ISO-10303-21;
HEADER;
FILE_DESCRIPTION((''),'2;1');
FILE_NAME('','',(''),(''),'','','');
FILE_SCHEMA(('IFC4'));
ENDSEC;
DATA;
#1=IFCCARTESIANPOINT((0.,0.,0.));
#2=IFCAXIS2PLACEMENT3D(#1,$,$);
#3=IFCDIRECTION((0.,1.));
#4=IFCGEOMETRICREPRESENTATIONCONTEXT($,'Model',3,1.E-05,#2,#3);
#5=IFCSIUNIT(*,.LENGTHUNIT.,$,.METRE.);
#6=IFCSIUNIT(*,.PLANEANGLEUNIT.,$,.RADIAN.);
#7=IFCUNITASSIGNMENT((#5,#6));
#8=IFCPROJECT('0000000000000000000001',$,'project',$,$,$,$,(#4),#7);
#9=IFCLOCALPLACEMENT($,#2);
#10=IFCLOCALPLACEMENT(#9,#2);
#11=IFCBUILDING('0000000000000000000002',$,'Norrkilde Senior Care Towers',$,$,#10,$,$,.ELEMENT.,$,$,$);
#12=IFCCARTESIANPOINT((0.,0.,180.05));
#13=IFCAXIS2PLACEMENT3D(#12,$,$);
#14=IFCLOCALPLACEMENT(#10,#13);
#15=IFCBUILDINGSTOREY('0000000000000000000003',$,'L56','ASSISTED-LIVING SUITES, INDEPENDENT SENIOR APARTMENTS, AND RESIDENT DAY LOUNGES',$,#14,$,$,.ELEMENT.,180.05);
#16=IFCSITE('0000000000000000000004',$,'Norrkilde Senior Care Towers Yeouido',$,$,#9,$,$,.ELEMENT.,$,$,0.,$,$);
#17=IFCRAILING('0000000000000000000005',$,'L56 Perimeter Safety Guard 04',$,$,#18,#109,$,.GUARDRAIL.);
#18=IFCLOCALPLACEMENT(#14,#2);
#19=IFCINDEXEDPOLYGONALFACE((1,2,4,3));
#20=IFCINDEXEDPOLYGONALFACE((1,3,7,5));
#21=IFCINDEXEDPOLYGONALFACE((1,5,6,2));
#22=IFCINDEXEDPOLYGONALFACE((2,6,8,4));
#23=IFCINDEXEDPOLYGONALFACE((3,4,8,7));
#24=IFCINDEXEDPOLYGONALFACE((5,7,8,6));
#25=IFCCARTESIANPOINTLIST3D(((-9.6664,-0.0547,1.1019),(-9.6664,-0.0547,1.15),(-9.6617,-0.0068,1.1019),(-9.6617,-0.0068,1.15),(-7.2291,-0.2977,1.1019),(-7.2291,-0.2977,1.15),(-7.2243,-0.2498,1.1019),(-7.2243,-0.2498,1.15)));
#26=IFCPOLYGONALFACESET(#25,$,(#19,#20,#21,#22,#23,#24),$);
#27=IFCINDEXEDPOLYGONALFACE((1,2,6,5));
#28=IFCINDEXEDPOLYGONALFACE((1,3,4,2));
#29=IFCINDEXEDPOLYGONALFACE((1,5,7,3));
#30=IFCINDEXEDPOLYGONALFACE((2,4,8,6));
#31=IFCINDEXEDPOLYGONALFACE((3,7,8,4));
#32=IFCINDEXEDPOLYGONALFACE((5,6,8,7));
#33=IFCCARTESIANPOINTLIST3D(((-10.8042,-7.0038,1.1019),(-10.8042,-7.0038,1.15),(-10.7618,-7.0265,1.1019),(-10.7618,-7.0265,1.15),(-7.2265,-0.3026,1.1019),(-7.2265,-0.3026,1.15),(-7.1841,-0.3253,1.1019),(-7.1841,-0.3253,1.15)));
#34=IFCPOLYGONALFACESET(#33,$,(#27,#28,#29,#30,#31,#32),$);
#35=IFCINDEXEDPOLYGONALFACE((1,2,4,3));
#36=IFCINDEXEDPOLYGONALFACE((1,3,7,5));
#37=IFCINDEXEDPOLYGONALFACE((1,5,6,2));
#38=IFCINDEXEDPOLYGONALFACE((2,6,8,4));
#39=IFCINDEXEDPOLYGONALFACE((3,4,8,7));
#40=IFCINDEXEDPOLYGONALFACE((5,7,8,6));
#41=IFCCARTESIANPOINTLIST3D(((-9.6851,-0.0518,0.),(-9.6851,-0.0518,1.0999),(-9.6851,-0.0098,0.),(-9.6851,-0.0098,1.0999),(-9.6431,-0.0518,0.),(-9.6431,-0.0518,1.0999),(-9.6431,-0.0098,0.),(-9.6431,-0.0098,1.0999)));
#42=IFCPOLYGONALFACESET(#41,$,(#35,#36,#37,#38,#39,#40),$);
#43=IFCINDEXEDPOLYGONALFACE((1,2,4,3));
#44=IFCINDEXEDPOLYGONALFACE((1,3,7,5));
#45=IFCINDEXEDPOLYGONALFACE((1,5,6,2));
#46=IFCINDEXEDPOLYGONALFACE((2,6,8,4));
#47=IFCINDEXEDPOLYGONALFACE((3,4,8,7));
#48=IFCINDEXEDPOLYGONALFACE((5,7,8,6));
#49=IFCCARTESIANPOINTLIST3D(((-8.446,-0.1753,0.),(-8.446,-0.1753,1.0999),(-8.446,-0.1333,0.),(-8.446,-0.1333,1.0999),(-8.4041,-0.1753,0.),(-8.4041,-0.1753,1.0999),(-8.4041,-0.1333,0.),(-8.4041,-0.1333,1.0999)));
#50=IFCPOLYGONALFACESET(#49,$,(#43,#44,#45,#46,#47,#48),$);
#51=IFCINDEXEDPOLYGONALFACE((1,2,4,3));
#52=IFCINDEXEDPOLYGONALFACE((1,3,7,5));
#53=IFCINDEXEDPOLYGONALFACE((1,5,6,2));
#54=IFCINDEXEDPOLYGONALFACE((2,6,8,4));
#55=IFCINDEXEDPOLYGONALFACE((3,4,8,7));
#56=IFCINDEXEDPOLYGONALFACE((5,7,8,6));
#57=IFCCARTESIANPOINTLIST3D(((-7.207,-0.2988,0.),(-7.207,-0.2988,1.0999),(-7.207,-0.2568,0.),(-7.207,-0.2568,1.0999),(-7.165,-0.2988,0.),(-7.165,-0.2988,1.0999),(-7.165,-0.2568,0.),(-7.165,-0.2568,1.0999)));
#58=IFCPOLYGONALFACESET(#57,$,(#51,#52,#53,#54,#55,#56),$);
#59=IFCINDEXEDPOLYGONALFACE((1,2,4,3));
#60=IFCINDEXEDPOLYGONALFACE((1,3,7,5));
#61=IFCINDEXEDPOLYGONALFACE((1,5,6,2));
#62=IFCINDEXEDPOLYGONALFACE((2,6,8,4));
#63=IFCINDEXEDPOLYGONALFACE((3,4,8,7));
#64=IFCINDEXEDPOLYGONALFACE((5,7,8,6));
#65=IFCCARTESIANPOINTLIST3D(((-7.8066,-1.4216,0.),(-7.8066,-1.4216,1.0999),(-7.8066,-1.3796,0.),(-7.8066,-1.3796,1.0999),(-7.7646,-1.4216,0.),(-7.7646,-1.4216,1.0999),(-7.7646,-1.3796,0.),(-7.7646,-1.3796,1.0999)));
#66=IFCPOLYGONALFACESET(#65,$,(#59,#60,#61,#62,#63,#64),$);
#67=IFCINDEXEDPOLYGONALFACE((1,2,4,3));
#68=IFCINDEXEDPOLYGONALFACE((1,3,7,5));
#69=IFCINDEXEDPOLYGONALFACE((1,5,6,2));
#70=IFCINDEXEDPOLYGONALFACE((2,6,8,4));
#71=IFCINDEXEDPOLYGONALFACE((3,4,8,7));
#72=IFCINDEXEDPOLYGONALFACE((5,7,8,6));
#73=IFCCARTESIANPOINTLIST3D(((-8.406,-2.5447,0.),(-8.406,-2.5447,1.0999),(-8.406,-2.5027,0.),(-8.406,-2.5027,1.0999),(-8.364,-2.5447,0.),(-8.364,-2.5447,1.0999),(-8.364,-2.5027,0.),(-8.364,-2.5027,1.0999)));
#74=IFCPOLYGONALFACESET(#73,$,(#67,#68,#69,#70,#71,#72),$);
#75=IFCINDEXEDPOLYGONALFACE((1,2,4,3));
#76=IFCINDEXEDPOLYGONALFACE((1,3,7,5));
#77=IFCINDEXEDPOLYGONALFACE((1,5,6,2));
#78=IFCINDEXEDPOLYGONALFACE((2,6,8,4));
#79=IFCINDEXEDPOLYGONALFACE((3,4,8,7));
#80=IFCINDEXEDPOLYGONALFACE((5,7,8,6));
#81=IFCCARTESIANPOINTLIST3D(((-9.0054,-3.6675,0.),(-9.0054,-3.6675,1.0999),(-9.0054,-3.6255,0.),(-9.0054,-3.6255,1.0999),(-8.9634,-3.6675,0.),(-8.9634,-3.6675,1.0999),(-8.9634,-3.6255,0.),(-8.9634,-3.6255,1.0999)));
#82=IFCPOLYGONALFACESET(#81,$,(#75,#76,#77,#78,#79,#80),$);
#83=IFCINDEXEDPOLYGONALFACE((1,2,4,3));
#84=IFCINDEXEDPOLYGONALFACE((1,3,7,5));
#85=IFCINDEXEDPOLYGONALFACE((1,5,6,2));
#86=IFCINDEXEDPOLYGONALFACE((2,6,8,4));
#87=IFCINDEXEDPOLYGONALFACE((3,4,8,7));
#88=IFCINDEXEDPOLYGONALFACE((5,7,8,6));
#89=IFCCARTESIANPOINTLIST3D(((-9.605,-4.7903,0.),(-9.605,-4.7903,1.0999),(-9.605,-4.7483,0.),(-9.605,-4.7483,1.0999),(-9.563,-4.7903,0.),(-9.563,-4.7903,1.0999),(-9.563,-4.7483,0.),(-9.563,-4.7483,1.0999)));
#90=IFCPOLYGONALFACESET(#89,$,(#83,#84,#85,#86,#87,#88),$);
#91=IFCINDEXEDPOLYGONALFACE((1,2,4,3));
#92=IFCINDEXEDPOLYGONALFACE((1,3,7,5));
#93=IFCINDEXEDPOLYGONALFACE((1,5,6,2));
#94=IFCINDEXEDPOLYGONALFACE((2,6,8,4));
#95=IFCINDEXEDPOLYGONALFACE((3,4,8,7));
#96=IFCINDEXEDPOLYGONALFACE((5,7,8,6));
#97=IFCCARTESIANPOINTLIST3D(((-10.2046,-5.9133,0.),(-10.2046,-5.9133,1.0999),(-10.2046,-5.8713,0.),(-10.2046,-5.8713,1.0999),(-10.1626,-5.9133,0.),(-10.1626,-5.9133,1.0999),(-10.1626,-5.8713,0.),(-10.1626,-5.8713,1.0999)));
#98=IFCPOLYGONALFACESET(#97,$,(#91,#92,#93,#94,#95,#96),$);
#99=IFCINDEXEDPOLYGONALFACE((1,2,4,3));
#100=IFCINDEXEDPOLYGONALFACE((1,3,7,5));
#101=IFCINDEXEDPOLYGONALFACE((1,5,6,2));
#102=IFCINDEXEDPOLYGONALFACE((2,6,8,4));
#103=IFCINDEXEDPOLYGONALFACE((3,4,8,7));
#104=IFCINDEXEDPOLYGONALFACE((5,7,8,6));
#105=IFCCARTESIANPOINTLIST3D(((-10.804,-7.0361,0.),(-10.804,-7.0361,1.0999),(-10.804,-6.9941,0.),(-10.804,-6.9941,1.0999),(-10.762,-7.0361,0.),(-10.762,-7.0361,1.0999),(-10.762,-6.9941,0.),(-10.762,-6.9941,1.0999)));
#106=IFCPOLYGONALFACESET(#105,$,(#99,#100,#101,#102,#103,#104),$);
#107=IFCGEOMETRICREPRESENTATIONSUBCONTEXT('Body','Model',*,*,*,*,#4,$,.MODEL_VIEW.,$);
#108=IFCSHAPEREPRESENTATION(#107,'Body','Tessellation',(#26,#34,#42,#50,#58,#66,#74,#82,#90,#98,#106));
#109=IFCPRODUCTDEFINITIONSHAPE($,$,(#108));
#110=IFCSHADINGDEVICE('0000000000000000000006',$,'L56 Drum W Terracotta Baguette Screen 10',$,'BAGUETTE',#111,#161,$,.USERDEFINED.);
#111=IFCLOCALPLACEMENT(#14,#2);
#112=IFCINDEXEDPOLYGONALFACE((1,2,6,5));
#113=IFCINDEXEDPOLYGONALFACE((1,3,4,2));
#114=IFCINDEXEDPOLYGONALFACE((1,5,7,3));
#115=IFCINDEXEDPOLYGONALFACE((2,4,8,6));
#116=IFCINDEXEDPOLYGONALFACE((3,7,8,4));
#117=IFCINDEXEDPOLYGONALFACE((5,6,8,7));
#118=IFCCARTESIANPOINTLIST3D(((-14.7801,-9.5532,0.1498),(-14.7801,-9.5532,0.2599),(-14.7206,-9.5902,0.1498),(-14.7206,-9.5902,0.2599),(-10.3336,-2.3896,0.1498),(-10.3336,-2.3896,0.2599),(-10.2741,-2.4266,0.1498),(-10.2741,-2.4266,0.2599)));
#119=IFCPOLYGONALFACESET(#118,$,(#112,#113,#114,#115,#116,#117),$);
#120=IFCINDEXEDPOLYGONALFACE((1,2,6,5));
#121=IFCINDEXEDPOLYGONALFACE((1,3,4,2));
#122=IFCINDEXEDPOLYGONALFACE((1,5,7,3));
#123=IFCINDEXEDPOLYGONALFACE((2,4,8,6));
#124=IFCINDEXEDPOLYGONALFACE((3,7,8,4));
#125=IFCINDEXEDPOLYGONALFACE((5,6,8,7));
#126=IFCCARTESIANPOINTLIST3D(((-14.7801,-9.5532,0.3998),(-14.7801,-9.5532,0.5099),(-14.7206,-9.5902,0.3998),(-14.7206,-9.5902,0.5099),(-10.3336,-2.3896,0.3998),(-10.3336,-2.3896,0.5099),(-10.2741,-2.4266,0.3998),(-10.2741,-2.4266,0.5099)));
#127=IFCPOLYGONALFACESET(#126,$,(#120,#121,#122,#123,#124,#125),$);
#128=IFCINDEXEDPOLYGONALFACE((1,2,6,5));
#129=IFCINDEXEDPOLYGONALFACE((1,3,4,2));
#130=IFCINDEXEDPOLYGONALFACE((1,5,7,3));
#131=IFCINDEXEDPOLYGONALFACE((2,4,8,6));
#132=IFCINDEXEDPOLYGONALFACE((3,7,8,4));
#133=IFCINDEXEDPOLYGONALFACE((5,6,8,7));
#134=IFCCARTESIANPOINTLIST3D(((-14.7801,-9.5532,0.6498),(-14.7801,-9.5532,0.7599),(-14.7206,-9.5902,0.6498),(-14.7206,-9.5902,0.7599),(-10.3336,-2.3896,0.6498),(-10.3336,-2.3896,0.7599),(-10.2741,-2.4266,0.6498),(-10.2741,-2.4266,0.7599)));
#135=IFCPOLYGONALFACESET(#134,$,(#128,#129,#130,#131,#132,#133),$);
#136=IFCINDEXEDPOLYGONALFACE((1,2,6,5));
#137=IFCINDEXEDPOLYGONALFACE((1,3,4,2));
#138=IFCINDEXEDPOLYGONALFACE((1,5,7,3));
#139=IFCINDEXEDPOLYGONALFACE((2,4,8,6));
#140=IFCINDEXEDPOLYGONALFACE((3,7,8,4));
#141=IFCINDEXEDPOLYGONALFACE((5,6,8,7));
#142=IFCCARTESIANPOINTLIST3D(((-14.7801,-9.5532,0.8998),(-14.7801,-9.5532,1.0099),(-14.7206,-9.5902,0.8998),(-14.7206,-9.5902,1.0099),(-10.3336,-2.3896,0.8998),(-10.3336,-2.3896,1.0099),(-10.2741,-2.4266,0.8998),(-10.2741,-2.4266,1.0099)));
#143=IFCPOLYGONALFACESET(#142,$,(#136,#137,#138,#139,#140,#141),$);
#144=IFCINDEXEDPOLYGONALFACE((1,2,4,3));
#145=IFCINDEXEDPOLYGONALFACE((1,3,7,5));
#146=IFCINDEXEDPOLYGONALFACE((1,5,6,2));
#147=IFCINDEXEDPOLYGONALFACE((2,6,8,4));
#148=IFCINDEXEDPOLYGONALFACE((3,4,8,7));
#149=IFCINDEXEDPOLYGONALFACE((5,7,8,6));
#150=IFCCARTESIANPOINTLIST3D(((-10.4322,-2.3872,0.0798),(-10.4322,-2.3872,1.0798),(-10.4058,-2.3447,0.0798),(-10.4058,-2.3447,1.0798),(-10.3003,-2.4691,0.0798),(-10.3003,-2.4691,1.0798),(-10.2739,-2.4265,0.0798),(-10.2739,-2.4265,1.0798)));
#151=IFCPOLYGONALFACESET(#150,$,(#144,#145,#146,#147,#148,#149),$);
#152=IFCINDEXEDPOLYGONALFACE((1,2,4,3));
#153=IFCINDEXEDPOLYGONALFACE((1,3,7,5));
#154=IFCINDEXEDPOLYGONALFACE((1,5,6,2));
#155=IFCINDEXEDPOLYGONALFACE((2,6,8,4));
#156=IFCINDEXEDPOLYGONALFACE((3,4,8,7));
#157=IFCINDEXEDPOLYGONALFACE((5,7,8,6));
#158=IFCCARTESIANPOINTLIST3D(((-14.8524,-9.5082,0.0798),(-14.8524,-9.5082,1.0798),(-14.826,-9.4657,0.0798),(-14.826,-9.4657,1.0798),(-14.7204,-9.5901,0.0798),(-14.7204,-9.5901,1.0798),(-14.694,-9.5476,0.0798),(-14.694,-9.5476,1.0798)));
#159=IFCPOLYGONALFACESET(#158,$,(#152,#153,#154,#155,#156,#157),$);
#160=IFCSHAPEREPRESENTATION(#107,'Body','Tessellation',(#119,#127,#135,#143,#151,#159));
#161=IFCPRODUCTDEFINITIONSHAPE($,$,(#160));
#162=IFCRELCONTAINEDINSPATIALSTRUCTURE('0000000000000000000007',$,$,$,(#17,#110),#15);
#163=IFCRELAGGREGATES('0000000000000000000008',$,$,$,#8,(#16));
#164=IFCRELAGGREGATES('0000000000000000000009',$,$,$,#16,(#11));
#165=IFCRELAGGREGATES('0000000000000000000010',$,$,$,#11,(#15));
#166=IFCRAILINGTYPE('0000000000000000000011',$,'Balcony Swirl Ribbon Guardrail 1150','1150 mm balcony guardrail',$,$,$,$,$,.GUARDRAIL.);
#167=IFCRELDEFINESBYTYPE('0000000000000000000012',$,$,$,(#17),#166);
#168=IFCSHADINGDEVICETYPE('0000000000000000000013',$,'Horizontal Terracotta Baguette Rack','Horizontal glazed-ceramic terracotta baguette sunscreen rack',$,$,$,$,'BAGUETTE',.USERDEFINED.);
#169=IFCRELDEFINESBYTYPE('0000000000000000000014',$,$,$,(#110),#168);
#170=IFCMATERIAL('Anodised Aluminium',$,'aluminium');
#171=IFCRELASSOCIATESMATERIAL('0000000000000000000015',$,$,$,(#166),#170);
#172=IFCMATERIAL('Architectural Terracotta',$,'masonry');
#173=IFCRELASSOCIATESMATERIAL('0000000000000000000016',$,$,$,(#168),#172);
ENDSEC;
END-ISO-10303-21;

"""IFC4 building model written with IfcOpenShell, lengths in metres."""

from ifc_helpers import new_model, si_unit, direction, frame, origin, origin_2d, place, context, subcontext, project, spatial, rectangle, extrude, source, transform, mapped, material, type_object, type_shapes, element, save


model = new_model("IFC4")

# Units and contexts
model_context = context("Model", 3, precision=1e-05, world=origin(), true_north=direction((0.0, 1.0)))
body_context = subcontext(model_context, "Body", "Model", "MODEL_VIEW")
ifc_project = project(units=[si_unit("LENGTHUNIT", "METRE"), si_unit("PLANEANGLEUNIT", "RADIAN")], contexts=[model_context])

# Site, building, storey
site_placement = place(None, origin())
site = spatial("IfcSite", under=ifc_project, at=site_placement, Name="Norrkilde Senior Care Towers Yeouido", CompositionType="ELEMENT", RefElevation=0.0)
building_placement = place(site_placement, origin())
building = spatial("IfcBuilding", under=site, at=building_placement, Name="Norrkilde Senior Care Towers", CompositionType="ELEMENT")
storey_placement = place(building_placement, frame((0.0, 0.0, 180.05)))
storey = spatial("IfcBuildingStorey", under=building, at=storey_placement, Name="L56", Description="ASSISTED-LIVING SUITES, INDEPENDENT SENIOR APARTMENTS, AND RESIDENT DAY LOUNGES", CompositionType="ELEMENT", Elevation=180.05)

# Shared definitions
ifc_material_1 = material(Name="Anodised Aluminium", Category="aluminium")

# Railing
railing_type = type_object("IfcRailingType", Name="Balcony Swirl Ribbon Guardrail 1150", Description="1150 mm balcony guardrail", PredefinedType="GUARDRAIL", material=ifc_material_1)
railing_1_placement = place(storey_placement, frame((-9.6641, -0.0308, 0.0)))
element("IfcRailing", 1, at=railing_1_placement, inside=storey, type_object=railing_type, Name="L56 Perimeter Safety Guard 04", PredefinedType="GUARDRAIL", context=body_context, shape_type="SweptSolid", body=[
    extrude(rectangle(XDim=0.0481, YDim=0.0481, at=origin_2d()), frame((0.0, 0.0, 1.126), z_axis=(0.995066, -0.099213, 0.0), x_axis=(0.099213, 0.995066, 0.0)), (0.0, 0.0, 1.0), 2.4495),
    extrude(rectangle(XDim=0.0481, YDim=0.0481, at=origin_2d()), frame((2.4587, -0.2832, 1.126), z_axis=(-0.470965, -0.882152, 0.0), x_axis=(0.882152, -0.470965, 0.0)), (0.0, 0.0, 1.0), 7.5964),
    extrude(rectangle(XDim=0.042, YDim=0.042, at=origin_2d()), origin(), (0.0, 0.0, 1.0), 1.0999),
    extrude(rectangle(XDim=0.042, YDim=0.042, at=origin_2d()), frame((1.239, -0.1235, 0.0)), (0.0, 0.0, 1.0), 1.0999),
    extrude(rectangle(XDim=0.042, YDim=0.042, at=origin_2d()), frame((2.478, -0.2471, 0.0)), (0.0, 0.0, 1.0), 1.0999),
    extrude(rectangle(XDim=0.042, YDim=0.042, at=origin_2d()), frame((1.8784, -1.3699, 0.0)), (0.0, 0.0, 1.0), 1.0999),
    extrude(rectangle(XDim=0.042, YDim=0.042, at=origin_2d()), frame((1.2791, -2.4929, 0.0)), (0.0, 0.0, 1.0), 1.0999),
    extrude(rectangle(XDim=0.042, YDim=0.042, at=origin_2d()), frame((0.6797, -3.6157, 0.0)), (0.0, 0.0, 1.0), 1.0999),
    extrude(rectangle(XDim=0.042, YDim=0.042, at=origin_2d()), frame((0.0801, -4.7385, 0.0)), (0.0, 0.0, 1.0), 1.0999),
    extrude(rectangle(XDim=0.042, YDim=0.042, at=origin_2d()), frame((-0.5195, -5.8616, 0.0)), (0.0, 0.0, 1.0), 1.0999),
    extrude(rectangle(XDim=0.042, YDim=0.042, at=origin_2d()), frame((-1.1189, -6.9844, 0.0)), (0.0, 0.0, 1.0), 1.0999),
])

# Shading device
ifc_material_2 = material(Name="Architectural Terracotta", Category="masonry")
shading_device_type = type_object("IfcShadingDeviceType", Name="Horizontal Terracotta Baguette Rack", Description="Horizontal glazed-ceramic terracotta baguette sunscreen rack", ElementType="BAGUETTE", PredefinedType="USERDEFINED", material=ifc_material_2)
shared_shape_1 = source(origin(), body_context, "Body", "SweptSolid", [
    extrude(rectangle(XDim=0.0701, YDim=0.1101, at=origin_2d()), frame((0.0, 0.0901, 0.125), z_axis=(1.0, 0.0, 0.0), x_axis=(0.0, 1.0, 0.0)), (0.0, 0.0, 1.0), 8.4314),
    extrude(rectangle(XDim=0.0701, YDim=0.1101, at=origin_2d()), frame((0.0, 0.0901, 0.375), z_axis=(1.0, 0.0, 0.0), x_axis=(0.0, 1.0, 0.0)), (0.0, 0.0, 1.0), 8.4314),
    extrude(rectangle(XDim=0.0701, YDim=0.1101, at=origin_2d()), frame((0.0, 0.0901, 0.625), z_axis=(1.0, 0.0, 0.0), x_axis=(0.0, 1.0, 0.0)), (0.0, 0.0, 1.0), 8.4314),
    extrude(rectangle(XDim=0.0701, YDim=0.1101, at=origin_2d()), frame((0.0, 0.0901, 0.875), z_axis=(1.0, 0.0, 0.0), x_axis=(0.0, 1.0, 0.0)), (0.0, 0.0, 1.0), 8.4314),
    extrude(rectangle(XDim=0.05, YDim=0.1553, at=origin_2d()), frame((0.0249, 0.0476, 0.0)), (0.0, 0.0, 1.0), 1.0),
    extrude(rectangle(XDim=0.05, YDim=0.1553, at=origin_2d()), frame((8.4062, 0.0476, 0.0)), (0.0, 0.0, 1.0), 1.0),
])
type_shapes(shading_device_type, [shared_shape_1])
shading_device_placement = place(storey_placement, frame((-10.3804, -2.3606, 0.0798), z_axis=(0.0, 0.0, 1.0), x_axis=(-0.527378, -0.849631, 0.0)))
element("IfcShadingDevice", 2, at=shading_device_placement, inside=storey, type_object=shading_device_type, Name="L56 Drum W Terracotta Baguette Screen 10", ObjectType="BAGUETTE", PredefinedType="USERDEFINED", context=body_context, shape_type="MappedRepresentation", body=[
    mapped(shared_shape_1, transform((0.0, 0.0, 0.0), x_axis=(1.0, 0.0, 0.0), y_axis=(0.0, 1.0, 0.0), z_axis=(0.0, 0.0, 1.0), scale=1.0)),
])

save(model, "model.ifc")
